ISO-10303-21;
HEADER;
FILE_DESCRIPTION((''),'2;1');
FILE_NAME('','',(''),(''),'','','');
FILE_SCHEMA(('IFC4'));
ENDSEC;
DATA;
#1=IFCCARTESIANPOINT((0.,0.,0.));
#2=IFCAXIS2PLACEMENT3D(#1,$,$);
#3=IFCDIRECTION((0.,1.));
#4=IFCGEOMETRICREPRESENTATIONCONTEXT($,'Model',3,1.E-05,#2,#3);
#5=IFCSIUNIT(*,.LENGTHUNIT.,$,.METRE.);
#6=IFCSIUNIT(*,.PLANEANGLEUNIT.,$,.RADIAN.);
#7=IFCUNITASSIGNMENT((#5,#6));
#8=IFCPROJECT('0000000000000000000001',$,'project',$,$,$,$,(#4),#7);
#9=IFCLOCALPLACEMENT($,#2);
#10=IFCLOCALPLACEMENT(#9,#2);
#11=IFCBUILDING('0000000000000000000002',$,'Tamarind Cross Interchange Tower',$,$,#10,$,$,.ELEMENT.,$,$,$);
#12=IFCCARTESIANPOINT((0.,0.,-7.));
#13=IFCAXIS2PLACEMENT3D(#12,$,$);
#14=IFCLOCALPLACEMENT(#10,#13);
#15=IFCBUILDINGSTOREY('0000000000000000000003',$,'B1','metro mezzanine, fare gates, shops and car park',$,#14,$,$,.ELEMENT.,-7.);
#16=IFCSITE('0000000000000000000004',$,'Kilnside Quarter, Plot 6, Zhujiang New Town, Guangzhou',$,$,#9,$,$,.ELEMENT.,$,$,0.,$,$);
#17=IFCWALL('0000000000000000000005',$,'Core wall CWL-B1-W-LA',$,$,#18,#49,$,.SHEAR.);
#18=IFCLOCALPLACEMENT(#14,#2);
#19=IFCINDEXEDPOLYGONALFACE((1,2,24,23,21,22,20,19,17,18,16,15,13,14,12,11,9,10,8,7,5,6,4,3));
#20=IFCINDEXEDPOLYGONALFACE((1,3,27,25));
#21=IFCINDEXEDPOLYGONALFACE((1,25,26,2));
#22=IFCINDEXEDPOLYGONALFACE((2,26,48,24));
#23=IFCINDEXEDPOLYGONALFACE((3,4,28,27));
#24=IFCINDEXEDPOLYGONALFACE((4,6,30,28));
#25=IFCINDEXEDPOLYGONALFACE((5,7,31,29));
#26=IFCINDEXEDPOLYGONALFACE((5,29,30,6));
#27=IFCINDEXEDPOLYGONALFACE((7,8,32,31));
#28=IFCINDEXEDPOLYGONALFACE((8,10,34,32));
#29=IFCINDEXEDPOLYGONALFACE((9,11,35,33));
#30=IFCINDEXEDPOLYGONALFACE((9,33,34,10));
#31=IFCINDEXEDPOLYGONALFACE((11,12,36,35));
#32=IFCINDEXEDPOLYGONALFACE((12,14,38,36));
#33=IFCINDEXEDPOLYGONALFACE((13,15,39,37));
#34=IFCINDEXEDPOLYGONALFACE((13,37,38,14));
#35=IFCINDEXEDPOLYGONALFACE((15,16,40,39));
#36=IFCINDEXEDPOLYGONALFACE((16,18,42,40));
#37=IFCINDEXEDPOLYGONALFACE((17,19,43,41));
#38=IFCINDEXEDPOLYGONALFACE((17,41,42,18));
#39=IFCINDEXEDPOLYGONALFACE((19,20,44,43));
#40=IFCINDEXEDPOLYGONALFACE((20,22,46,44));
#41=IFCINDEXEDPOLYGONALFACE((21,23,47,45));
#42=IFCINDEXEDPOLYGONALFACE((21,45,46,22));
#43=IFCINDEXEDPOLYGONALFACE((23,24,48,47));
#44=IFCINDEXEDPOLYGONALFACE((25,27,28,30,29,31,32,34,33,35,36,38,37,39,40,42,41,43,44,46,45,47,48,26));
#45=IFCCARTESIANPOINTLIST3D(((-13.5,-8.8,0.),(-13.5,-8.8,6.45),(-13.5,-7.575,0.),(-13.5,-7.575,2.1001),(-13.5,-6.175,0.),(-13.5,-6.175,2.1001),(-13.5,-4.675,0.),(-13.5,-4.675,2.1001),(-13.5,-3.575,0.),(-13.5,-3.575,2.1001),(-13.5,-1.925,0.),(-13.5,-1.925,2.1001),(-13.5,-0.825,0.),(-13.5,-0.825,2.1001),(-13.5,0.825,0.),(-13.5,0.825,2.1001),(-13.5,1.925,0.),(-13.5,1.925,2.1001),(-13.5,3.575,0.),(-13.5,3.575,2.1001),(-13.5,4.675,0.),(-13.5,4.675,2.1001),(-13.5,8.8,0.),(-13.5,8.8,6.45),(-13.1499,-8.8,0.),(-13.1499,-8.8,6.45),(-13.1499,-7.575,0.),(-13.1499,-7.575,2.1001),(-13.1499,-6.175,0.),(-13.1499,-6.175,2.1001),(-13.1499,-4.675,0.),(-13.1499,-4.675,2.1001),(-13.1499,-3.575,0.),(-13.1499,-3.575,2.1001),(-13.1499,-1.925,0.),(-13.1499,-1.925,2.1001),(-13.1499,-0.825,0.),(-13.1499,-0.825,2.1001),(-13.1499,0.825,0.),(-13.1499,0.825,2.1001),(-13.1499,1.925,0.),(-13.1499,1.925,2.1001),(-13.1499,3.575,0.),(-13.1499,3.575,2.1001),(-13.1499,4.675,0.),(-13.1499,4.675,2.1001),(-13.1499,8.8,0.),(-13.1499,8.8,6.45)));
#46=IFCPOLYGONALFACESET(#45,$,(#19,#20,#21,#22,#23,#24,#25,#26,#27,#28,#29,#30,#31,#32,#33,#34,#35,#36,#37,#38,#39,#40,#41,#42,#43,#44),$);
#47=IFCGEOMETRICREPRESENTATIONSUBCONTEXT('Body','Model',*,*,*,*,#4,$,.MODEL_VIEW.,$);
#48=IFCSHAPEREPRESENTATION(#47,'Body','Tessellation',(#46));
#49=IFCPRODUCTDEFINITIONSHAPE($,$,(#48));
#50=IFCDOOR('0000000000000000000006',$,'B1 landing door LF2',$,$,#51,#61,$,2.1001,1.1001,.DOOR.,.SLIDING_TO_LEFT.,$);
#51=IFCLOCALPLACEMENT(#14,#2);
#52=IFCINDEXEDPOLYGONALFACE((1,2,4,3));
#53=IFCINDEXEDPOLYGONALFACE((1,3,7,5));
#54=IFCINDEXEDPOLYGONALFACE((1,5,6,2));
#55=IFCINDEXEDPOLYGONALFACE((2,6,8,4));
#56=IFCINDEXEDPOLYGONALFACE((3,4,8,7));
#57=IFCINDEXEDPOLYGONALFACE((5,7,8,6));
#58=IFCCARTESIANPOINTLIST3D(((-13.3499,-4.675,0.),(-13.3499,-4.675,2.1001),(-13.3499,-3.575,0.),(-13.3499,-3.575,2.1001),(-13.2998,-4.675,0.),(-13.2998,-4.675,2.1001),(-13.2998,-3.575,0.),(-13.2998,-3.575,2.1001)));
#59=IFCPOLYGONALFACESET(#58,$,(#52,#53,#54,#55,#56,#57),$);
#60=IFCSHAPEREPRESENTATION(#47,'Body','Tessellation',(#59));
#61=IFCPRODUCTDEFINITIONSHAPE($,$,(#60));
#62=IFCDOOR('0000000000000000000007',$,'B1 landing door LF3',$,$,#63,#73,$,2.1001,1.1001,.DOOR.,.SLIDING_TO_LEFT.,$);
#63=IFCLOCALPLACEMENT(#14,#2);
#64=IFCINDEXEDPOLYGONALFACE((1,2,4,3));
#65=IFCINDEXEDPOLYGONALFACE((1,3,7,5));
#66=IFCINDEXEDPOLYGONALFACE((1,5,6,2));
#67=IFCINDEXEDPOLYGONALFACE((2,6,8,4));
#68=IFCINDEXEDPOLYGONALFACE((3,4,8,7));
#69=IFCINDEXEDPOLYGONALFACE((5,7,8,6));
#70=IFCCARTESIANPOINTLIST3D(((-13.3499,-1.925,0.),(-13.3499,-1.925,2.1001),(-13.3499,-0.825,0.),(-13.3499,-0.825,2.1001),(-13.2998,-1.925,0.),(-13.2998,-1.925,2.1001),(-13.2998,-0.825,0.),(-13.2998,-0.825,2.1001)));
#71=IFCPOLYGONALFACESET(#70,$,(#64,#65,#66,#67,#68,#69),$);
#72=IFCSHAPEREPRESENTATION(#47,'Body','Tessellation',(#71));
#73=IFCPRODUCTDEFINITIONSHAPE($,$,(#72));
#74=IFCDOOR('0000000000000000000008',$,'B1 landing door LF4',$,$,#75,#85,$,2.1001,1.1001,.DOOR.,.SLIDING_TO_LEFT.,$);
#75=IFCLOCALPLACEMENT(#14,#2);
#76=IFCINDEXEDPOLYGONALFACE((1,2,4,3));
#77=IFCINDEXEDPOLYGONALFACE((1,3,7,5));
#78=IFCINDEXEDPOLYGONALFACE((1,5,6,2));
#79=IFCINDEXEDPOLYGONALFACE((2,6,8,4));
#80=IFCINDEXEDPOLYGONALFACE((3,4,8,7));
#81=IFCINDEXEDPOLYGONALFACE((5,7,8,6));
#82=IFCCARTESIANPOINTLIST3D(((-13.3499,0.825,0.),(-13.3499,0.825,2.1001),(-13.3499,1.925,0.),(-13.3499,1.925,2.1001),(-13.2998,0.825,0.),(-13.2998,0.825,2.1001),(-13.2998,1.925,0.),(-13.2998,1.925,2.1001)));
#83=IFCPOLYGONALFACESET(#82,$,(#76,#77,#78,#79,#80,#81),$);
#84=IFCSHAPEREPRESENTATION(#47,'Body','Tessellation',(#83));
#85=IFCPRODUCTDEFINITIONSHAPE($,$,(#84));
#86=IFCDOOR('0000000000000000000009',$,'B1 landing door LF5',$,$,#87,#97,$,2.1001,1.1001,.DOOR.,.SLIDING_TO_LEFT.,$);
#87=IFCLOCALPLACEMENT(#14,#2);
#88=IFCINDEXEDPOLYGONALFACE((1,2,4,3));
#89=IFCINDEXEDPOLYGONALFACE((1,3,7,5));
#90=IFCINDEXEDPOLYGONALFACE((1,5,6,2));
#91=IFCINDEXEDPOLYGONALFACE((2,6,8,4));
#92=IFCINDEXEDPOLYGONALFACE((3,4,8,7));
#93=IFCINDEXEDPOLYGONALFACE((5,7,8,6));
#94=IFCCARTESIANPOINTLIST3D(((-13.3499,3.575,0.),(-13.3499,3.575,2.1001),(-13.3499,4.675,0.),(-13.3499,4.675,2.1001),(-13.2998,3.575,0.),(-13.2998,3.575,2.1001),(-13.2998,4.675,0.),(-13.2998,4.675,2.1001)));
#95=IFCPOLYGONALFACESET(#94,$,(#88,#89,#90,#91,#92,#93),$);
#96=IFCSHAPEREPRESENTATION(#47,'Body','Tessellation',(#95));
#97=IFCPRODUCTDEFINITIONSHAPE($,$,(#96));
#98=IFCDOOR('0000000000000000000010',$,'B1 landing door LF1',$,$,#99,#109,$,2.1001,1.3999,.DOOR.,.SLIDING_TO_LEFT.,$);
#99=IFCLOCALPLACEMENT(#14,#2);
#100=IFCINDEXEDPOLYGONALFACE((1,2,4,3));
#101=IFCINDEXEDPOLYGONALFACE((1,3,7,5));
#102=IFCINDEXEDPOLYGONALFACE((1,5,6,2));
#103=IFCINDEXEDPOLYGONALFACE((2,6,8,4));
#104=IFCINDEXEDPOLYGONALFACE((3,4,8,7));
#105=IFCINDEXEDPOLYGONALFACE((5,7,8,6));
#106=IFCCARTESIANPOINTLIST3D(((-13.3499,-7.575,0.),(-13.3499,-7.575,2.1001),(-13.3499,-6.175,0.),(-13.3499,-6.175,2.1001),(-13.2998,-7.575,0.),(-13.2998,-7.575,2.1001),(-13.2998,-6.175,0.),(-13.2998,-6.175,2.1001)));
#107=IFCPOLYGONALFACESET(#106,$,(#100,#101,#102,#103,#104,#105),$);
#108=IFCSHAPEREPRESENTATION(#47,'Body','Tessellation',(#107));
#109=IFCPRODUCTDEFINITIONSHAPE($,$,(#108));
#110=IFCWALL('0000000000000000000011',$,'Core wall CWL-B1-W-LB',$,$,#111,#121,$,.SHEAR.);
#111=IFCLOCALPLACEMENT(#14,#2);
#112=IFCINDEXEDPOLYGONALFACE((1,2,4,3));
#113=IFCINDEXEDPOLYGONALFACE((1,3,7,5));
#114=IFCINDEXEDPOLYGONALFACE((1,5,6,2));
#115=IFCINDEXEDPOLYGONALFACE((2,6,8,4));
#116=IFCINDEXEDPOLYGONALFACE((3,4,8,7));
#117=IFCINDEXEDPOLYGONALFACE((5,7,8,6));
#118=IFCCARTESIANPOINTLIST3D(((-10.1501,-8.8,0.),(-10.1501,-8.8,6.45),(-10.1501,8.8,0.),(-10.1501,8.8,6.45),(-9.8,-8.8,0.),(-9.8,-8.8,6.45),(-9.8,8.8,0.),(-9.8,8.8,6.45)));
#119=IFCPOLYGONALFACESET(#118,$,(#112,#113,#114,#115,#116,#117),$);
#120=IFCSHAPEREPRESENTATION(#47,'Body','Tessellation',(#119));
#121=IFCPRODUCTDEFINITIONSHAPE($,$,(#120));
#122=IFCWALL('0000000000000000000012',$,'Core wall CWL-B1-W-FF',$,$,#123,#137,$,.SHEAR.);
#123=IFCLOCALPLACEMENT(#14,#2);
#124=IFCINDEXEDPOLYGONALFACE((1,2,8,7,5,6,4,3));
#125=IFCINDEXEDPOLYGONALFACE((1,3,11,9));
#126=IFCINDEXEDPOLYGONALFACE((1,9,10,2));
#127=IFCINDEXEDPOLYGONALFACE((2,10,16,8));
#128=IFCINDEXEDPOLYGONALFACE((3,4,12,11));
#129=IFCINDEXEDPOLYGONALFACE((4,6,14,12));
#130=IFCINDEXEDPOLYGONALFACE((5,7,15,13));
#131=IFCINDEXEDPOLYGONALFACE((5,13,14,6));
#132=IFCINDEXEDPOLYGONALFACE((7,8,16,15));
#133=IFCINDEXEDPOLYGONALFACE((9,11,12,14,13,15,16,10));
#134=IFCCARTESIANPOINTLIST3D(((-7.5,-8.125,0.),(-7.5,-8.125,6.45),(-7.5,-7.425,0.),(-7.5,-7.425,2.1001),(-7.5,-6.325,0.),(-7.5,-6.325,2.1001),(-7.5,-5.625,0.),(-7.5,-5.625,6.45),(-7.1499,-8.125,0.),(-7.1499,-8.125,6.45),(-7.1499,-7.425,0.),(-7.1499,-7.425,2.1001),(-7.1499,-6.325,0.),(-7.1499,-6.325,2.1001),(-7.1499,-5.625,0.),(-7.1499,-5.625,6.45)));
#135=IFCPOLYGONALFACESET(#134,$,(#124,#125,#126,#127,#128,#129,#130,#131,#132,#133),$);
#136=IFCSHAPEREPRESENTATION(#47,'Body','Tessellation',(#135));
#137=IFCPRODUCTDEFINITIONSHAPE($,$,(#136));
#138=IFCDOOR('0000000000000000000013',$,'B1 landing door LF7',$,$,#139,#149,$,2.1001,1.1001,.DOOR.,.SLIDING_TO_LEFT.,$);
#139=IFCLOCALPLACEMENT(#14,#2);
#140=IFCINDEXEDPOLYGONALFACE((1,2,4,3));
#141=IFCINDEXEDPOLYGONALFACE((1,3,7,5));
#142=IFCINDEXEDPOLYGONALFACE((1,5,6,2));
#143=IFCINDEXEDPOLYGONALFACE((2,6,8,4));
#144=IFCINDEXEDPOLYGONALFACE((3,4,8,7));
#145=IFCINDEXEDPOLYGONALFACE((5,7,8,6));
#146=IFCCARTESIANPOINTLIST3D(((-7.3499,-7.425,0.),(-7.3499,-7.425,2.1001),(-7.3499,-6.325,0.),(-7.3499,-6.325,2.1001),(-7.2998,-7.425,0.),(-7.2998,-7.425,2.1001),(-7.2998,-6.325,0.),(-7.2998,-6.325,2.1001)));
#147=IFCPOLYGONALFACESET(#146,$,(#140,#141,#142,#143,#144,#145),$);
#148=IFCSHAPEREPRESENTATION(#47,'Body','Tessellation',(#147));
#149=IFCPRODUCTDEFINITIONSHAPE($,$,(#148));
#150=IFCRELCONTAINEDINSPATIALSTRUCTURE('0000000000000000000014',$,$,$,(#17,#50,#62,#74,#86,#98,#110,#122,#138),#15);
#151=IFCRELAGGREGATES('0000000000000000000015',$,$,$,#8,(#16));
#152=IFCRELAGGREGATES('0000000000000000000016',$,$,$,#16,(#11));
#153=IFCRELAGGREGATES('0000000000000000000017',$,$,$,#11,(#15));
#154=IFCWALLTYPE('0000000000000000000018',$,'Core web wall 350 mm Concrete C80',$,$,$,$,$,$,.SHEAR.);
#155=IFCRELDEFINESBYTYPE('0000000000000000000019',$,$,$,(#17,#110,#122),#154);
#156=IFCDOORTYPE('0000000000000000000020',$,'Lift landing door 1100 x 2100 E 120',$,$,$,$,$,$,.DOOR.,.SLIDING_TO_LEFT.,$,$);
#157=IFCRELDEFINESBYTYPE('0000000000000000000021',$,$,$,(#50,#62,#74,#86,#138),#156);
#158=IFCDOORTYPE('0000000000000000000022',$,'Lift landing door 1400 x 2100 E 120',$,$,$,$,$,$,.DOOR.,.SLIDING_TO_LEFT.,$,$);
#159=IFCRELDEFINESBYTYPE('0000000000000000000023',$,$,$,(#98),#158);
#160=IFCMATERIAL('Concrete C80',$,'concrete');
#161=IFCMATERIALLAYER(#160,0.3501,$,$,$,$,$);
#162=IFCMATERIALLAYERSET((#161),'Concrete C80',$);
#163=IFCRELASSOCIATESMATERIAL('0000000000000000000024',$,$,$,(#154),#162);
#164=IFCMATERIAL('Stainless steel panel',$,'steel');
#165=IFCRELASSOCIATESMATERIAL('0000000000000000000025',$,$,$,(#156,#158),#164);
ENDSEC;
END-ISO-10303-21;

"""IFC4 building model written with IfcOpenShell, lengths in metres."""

from ifc_helpers import new_model, si_unit, direction, frame, frame_2d, origin, place, context, subcontext, project, spatial, rectangle, extrude, material, layer, layer_set, type_object, element, fill, save


model = new_model("IFC4")

# Units and contexts
model_context = context("Model", 3, precision=1e-05, world=origin(), true_north=direction((0.0, 1.0)))
body_context = subcontext(model_context, "Body", "Model", "MODEL_VIEW")
ifc_project = project(units=[si_unit("LENGTHUNIT", "METRE"), si_unit("PLANEANGLEUNIT", "RADIAN")], contexts=[model_context])

# Site, building, storey
site_placement = place(None, origin())
site = spatial("IfcSite", under=ifc_project, at=site_placement, Name="Kilnside Quarter, Plot 6, Zhujiang New Town, Guangzhou", CompositionType="ELEMENT", RefElevation=0.0)
building_placement = place(site_placement, origin())
building = spatial("IfcBuilding", under=site, at=building_placement, Name="Tamarind Cross Interchange Tower", CompositionType="ELEMENT")
storey_placement = place(building_placement, frame((0.0, 0.0, -7.0)))
storey = spatial("IfcBuildingStorey", under=building, at=storey_placement, Name="B1", Description="metro mezzanine, fare gates, shops and car park", CompositionType="ELEMENT", Elevation=-7.0)

# Shared definitions
ifc_material_1 = material(Name="Concrete C80", Category="concrete")

# Shared definitions
ifc_layer_1 = layer(ifc_material_1, 0.3501)
ifc_layer_set_1 = layer_set([ifc_layer_1], Name="Concrete C80")
wall_type_1 = type_object("IfcWallType", Name="Core web wall 350 mm Concrete C80", PredefinedType="SHEAR", material=ifc_layer_set_1)

# Wall, openings, doors
wall_1_placement = place(storey_placement, frame((-13.325, -8.8, 0.0), z_axis=(0.0, 0.0, 1.0), x_axis=(0.0, 1.0, 0.0)))
wall_1 = element("IfcWall", 1, at=wall_1_placement, inside=storey, type_object=wall_type_1, Name="Core wall CWL-B1-W-LA", PredefinedType="SHEAR", context=body_context, shape_type="SweptSolid", body=[
    extrude(rectangle(XDim=17.6001, YDim=0.3501, at=frame_2d((8.8, 0.0))), origin(), (0.0, 0.0, 1.0), 6.45),
])
opening_1_placement = place(wall_1_placement, frame((1.2251, 0.0, 0.0)))
opening_1 = element("IfcOpeningElement", 2, at=opening_1_placement, cuts=wall_1, PredefinedType="OPENING", context=body_context, shape_type="SweptSolid", body=[
    extrude(rectangle(XDim=1.3999, YDim=2.1001, at=frame_2d((0.7, 1.05))), frame((0.0, 0.1851, 0.0), z_axis=(0.0, -1.0, 0.0), x_axis=(1.0, 0.0, 0.0)), (0.0, 0.0, 1.0), 0.3701),
])
opening_2_placement = place(wall_1_placement, frame((4.125, 0.0, 0.0)))
opening_2 = element("IfcOpeningElement", 3, at=opening_2_placement, cuts=wall_1, PredefinedType="OPENING", context=body_context, shape_type="SweptSolid", body=[
    extrude(rectangle(XDim=1.1001, YDim=2.1001, at=frame_2d((0.55, 1.05))), frame((0.0, 0.1851, 0.0), z_axis=(0.0, -1.0, 0.0), x_axis=(1.0, 0.0, 0.0)), (0.0, 0.0, 1.0), 0.3701),
])
opening_3_placement = place(wall_1_placement, frame((6.875, 0.0, 0.0)))
opening_3 = element("IfcOpeningElement", 4, at=opening_3_placement, cuts=wall_1, PredefinedType="OPENING", context=body_context, shape_type="SweptSolid", body=[
    extrude(rectangle(XDim=1.1001, YDim=2.1001, at=frame_2d((0.55, 1.05))), frame((0.0, 0.1851, 0.0), z_axis=(0.0, -1.0, 0.0), x_axis=(1.0, 0.0, 0.0)), (0.0, 0.0, 1.0), 0.3701),
])
opening_4_placement = place(wall_1_placement, frame((9.625, 0.0, 0.0)))
opening_4 = element("IfcOpeningElement", 5, at=opening_4_placement, cuts=wall_1, PredefinedType="OPENING", context=body_context, shape_type="SweptSolid", body=[
    extrude(rectangle(XDim=1.1001, YDim=2.1001, at=frame_2d((0.55, 1.05))), frame((0.0, 0.1851, 0.0), z_axis=(0.0, -1.0, 0.0), x_axis=(1.0, 0.0, 0.0)), (0.0, 0.0, 1.0), 0.3701),
])
opening_5_placement = place(wall_1_placement, frame((12.375, 0.0, 0.0)))
opening_5 = element("IfcOpeningElement", 6, at=opening_5_placement, cuts=wall_1, PredefinedType="OPENING", context=body_context, shape_type="SweptSolid", body=[
    extrude(rectangle(XDim=1.1001, YDim=2.1001, at=frame_2d((0.55, 1.05))), frame((0.0, 0.1851, 0.0), z_axis=(0.0, -1.0, 0.0), x_axis=(1.0, 0.0, 0.0)), (0.0, 0.0, 1.0), 0.3701),
])
ifc_material_2 = material(Name="Stainless steel panel", Category="steel")
door_type_1 = type_object("IfcDoorType", Name="Lift landing door 1100 x 2100 E 120", OperationType="SLIDING_TO_LEFT", PredefinedType="DOOR", material=ifc_material_2)
door_1_placement = place(opening_2_placement, origin())
door_1 = element("IfcDoor", 7, at=door_1_placement, inside=storey, type_object=door_type_1, Name="B1 landing door LF2", OperationType="SLIDING_TO_LEFT", OverallHeight=2.1001, OverallWidth=1.1001, PredefinedType="DOOR", context=body_context, shape_type="SweptSolid", body=[
    extrude(rectangle(XDim=1.1001, YDim=2.1001, at=frame_2d((0.55, 1.05))), frame((0.0, 0.0249, 0.0), z_axis=(0.0, -1.0, 0.0), x_axis=(1.0, 0.0, 0.0)), (0.0, 0.0, 1.0), 0.05),
])
fill(opening_2, door_1)
door_2_placement = place(opening_3_placement, origin())
door_2 = element("IfcDoor", 8, at=door_2_placement, inside=storey, type_object=door_type_1, Name="B1 landing door LF3", OperationType="SLIDING_TO_LEFT", OverallHeight=2.1001, OverallWidth=1.1001, PredefinedType="DOOR", context=body_context, shape_type="SweptSolid", body=[
    extrude(rectangle(XDim=1.1001, YDim=2.1001, at=frame_2d((0.55, 1.05))), frame((0.0, 0.0249, 0.0), z_axis=(0.0, -1.0, 0.0), x_axis=(1.0, 0.0, 0.0)), (0.0, 0.0, 1.0), 0.05),
])
fill(opening_3, door_2)
door_3_placement = place(opening_4_placement, origin())
door_3 = element("IfcDoor", 9, at=door_3_placement, inside=storey, type_object=door_type_1, Name="B1 landing door LF4", OperationType="SLIDING_TO_LEFT", OverallHeight=2.1001, OverallWidth=1.1001, PredefinedType="DOOR", context=body_context, shape_type="SweptSolid", body=[
    extrude(rectangle(XDim=1.1001, YDim=2.1001, at=frame_2d((0.55, 1.05))), frame((0.0, 0.0249, 0.0), z_axis=(0.0, -1.0, 0.0), x_axis=(1.0, 0.0, 0.0)), (0.0, 0.0, 1.0), 0.05),
])
fill(opening_4, door_3)
door_4_placement = place(opening_5_placement, origin())
door_4 = element("IfcDoor", 10, at=door_4_placement, inside=storey, type_object=door_type_1, Name="B1 landing door LF5", OperationType="SLIDING_TO_LEFT", OverallHeight=2.1001, OverallWidth=1.1001, PredefinedType="DOOR", context=body_context, shape_type="SweptSolid", body=[
    extrude(rectangle(XDim=1.1001, YDim=2.1001, at=frame_2d((0.55, 1.05))), frame((0.0, 0.0249, 0.0), z_axis=(0.0, -1.0, 0.0), x_axis=(1.0, 0.0, 0.0)), (0.0, 0.0, 1.0), 0.05),
])
fill(opening_5, door_4)
door_type_2 = type_object("IfcDoorType", Name="Lift landing door 1400 x 2100 E 120", OperationType="SLIDING_TO_LEFT", PredefinedType="DOOR", material=ifc_material_2)
door_5_placement = place(opening_1_placement, origin())
door_5 = element("IfcDoor", 11, at=door_5_placement, inside=storey, type_object=door_type_2, Name="B1 landing door LF1", OperationType="SLIDING_TO_LEFT", OverallHeight=2.1001, OverallWidth=1.3999, PredefinedType="DOOR", context=body_context, shape_type="SweptSolid", body=[
    extrude(rectangle(XDim=1.3999, YDim=2.1001, at=frame_2d((0.7, 1.05))), frame((0.0, 0.0249, 0.0), z_axis=(0.0, -1.0, 0.0), x_axis=(1.0, 0.0, 0.0)), (0.0, 0.0, 1.0), 0.05),
])
fill(opening_1, door_5)

# Wall
wall_2_placement = place(storey_placement, frame((-9.9751, -8.8, 0.0), z_axis=(0.0, 0.0, 1.0), x_axis=(0.0, 1.0, 0.0)))
element("IfcWall", 12, at=wall_2_placement, inside=storey, type_object=wall_type_1, Name="Core wall CWL-B1-W-LB", PredefinedType="SHEAR", context=body_context, shape_type="SweptSolid", body=[
    extrude(rectangle(XDim=17.6001, YDim=0.3501, at=frame_2d((8.8, 0.0))), origin(), (0.0, 0.0, 1.0), 6.45),
])

# Wall, opening, door
wall_3_placement = place(storey_placement, frame((-7.325, -8.125, 0.0), z_axis=(0.0, 0.0, 1.0), x_axis=(0.0, 1.0, 0.0)))
wall_3 = element("IfcWall", 13, at=wall_3_placement, inside=storey, type_object=wall_type_1, Name="Core wall CWL-B1-W-FF", PredefinedType="SHEAR", context=body_context, shape_type="SweptSolid", body=[
    extrude(rectangle(XDim=2.5, YDim=0.3501, at=frame_2d((1.25, 0.0))), origin(), (0.0, 0.0, 1.0), 6.45),
])
opening_6_placement = place(wall_3_placement, frame((0.7, 0.0, 0.0)))
opening_6 = element("IfcOpeningElement", 14, at=opening_6_placement, cuts=wall_3, PredefinedType="OPENING", context=body_context, shape_type="SweptSolid", body=[
    extrude(rectangle(XDim=1.1001, YDim=2.1001, at=frame_2d((0.55, 1.05))), frame((0.0, 0.1851, 0.0), z_axis=(0.0, -1.0, 0.0), x_axis=(1.0, 0.0, 0.0)), (0.0, 0.0, 1.0), 0.3701),
])
door_6_placement = place(opening_6_placement, origin())
door_6 = element("IfcDoor", 15, at=door_6_placement, inside=storey, type_object=door_type_1, Name="B1 landing door LF7", OperationType="SLIDING_TO_LEFT", OverallHeight=2.1001, OverallWidth=1.1001, PredefinedType="DOOR", context=body_context, shape_type="SweptSolid", body=[
    extrude(rectangle(XDim=1.1001, YDim=2.1001, at=frame_2d((0.55, 1.05))), frame((0.0, 0.0249, 0.0), z_axis=(0.0, -1.0, 0.0), x_axis=(1.0, 0.0, 0.0)), (0.0, 0.0, 1.0), 0.05),
])
fill(opening_6, door_6)

save(model, "model.ifc")
